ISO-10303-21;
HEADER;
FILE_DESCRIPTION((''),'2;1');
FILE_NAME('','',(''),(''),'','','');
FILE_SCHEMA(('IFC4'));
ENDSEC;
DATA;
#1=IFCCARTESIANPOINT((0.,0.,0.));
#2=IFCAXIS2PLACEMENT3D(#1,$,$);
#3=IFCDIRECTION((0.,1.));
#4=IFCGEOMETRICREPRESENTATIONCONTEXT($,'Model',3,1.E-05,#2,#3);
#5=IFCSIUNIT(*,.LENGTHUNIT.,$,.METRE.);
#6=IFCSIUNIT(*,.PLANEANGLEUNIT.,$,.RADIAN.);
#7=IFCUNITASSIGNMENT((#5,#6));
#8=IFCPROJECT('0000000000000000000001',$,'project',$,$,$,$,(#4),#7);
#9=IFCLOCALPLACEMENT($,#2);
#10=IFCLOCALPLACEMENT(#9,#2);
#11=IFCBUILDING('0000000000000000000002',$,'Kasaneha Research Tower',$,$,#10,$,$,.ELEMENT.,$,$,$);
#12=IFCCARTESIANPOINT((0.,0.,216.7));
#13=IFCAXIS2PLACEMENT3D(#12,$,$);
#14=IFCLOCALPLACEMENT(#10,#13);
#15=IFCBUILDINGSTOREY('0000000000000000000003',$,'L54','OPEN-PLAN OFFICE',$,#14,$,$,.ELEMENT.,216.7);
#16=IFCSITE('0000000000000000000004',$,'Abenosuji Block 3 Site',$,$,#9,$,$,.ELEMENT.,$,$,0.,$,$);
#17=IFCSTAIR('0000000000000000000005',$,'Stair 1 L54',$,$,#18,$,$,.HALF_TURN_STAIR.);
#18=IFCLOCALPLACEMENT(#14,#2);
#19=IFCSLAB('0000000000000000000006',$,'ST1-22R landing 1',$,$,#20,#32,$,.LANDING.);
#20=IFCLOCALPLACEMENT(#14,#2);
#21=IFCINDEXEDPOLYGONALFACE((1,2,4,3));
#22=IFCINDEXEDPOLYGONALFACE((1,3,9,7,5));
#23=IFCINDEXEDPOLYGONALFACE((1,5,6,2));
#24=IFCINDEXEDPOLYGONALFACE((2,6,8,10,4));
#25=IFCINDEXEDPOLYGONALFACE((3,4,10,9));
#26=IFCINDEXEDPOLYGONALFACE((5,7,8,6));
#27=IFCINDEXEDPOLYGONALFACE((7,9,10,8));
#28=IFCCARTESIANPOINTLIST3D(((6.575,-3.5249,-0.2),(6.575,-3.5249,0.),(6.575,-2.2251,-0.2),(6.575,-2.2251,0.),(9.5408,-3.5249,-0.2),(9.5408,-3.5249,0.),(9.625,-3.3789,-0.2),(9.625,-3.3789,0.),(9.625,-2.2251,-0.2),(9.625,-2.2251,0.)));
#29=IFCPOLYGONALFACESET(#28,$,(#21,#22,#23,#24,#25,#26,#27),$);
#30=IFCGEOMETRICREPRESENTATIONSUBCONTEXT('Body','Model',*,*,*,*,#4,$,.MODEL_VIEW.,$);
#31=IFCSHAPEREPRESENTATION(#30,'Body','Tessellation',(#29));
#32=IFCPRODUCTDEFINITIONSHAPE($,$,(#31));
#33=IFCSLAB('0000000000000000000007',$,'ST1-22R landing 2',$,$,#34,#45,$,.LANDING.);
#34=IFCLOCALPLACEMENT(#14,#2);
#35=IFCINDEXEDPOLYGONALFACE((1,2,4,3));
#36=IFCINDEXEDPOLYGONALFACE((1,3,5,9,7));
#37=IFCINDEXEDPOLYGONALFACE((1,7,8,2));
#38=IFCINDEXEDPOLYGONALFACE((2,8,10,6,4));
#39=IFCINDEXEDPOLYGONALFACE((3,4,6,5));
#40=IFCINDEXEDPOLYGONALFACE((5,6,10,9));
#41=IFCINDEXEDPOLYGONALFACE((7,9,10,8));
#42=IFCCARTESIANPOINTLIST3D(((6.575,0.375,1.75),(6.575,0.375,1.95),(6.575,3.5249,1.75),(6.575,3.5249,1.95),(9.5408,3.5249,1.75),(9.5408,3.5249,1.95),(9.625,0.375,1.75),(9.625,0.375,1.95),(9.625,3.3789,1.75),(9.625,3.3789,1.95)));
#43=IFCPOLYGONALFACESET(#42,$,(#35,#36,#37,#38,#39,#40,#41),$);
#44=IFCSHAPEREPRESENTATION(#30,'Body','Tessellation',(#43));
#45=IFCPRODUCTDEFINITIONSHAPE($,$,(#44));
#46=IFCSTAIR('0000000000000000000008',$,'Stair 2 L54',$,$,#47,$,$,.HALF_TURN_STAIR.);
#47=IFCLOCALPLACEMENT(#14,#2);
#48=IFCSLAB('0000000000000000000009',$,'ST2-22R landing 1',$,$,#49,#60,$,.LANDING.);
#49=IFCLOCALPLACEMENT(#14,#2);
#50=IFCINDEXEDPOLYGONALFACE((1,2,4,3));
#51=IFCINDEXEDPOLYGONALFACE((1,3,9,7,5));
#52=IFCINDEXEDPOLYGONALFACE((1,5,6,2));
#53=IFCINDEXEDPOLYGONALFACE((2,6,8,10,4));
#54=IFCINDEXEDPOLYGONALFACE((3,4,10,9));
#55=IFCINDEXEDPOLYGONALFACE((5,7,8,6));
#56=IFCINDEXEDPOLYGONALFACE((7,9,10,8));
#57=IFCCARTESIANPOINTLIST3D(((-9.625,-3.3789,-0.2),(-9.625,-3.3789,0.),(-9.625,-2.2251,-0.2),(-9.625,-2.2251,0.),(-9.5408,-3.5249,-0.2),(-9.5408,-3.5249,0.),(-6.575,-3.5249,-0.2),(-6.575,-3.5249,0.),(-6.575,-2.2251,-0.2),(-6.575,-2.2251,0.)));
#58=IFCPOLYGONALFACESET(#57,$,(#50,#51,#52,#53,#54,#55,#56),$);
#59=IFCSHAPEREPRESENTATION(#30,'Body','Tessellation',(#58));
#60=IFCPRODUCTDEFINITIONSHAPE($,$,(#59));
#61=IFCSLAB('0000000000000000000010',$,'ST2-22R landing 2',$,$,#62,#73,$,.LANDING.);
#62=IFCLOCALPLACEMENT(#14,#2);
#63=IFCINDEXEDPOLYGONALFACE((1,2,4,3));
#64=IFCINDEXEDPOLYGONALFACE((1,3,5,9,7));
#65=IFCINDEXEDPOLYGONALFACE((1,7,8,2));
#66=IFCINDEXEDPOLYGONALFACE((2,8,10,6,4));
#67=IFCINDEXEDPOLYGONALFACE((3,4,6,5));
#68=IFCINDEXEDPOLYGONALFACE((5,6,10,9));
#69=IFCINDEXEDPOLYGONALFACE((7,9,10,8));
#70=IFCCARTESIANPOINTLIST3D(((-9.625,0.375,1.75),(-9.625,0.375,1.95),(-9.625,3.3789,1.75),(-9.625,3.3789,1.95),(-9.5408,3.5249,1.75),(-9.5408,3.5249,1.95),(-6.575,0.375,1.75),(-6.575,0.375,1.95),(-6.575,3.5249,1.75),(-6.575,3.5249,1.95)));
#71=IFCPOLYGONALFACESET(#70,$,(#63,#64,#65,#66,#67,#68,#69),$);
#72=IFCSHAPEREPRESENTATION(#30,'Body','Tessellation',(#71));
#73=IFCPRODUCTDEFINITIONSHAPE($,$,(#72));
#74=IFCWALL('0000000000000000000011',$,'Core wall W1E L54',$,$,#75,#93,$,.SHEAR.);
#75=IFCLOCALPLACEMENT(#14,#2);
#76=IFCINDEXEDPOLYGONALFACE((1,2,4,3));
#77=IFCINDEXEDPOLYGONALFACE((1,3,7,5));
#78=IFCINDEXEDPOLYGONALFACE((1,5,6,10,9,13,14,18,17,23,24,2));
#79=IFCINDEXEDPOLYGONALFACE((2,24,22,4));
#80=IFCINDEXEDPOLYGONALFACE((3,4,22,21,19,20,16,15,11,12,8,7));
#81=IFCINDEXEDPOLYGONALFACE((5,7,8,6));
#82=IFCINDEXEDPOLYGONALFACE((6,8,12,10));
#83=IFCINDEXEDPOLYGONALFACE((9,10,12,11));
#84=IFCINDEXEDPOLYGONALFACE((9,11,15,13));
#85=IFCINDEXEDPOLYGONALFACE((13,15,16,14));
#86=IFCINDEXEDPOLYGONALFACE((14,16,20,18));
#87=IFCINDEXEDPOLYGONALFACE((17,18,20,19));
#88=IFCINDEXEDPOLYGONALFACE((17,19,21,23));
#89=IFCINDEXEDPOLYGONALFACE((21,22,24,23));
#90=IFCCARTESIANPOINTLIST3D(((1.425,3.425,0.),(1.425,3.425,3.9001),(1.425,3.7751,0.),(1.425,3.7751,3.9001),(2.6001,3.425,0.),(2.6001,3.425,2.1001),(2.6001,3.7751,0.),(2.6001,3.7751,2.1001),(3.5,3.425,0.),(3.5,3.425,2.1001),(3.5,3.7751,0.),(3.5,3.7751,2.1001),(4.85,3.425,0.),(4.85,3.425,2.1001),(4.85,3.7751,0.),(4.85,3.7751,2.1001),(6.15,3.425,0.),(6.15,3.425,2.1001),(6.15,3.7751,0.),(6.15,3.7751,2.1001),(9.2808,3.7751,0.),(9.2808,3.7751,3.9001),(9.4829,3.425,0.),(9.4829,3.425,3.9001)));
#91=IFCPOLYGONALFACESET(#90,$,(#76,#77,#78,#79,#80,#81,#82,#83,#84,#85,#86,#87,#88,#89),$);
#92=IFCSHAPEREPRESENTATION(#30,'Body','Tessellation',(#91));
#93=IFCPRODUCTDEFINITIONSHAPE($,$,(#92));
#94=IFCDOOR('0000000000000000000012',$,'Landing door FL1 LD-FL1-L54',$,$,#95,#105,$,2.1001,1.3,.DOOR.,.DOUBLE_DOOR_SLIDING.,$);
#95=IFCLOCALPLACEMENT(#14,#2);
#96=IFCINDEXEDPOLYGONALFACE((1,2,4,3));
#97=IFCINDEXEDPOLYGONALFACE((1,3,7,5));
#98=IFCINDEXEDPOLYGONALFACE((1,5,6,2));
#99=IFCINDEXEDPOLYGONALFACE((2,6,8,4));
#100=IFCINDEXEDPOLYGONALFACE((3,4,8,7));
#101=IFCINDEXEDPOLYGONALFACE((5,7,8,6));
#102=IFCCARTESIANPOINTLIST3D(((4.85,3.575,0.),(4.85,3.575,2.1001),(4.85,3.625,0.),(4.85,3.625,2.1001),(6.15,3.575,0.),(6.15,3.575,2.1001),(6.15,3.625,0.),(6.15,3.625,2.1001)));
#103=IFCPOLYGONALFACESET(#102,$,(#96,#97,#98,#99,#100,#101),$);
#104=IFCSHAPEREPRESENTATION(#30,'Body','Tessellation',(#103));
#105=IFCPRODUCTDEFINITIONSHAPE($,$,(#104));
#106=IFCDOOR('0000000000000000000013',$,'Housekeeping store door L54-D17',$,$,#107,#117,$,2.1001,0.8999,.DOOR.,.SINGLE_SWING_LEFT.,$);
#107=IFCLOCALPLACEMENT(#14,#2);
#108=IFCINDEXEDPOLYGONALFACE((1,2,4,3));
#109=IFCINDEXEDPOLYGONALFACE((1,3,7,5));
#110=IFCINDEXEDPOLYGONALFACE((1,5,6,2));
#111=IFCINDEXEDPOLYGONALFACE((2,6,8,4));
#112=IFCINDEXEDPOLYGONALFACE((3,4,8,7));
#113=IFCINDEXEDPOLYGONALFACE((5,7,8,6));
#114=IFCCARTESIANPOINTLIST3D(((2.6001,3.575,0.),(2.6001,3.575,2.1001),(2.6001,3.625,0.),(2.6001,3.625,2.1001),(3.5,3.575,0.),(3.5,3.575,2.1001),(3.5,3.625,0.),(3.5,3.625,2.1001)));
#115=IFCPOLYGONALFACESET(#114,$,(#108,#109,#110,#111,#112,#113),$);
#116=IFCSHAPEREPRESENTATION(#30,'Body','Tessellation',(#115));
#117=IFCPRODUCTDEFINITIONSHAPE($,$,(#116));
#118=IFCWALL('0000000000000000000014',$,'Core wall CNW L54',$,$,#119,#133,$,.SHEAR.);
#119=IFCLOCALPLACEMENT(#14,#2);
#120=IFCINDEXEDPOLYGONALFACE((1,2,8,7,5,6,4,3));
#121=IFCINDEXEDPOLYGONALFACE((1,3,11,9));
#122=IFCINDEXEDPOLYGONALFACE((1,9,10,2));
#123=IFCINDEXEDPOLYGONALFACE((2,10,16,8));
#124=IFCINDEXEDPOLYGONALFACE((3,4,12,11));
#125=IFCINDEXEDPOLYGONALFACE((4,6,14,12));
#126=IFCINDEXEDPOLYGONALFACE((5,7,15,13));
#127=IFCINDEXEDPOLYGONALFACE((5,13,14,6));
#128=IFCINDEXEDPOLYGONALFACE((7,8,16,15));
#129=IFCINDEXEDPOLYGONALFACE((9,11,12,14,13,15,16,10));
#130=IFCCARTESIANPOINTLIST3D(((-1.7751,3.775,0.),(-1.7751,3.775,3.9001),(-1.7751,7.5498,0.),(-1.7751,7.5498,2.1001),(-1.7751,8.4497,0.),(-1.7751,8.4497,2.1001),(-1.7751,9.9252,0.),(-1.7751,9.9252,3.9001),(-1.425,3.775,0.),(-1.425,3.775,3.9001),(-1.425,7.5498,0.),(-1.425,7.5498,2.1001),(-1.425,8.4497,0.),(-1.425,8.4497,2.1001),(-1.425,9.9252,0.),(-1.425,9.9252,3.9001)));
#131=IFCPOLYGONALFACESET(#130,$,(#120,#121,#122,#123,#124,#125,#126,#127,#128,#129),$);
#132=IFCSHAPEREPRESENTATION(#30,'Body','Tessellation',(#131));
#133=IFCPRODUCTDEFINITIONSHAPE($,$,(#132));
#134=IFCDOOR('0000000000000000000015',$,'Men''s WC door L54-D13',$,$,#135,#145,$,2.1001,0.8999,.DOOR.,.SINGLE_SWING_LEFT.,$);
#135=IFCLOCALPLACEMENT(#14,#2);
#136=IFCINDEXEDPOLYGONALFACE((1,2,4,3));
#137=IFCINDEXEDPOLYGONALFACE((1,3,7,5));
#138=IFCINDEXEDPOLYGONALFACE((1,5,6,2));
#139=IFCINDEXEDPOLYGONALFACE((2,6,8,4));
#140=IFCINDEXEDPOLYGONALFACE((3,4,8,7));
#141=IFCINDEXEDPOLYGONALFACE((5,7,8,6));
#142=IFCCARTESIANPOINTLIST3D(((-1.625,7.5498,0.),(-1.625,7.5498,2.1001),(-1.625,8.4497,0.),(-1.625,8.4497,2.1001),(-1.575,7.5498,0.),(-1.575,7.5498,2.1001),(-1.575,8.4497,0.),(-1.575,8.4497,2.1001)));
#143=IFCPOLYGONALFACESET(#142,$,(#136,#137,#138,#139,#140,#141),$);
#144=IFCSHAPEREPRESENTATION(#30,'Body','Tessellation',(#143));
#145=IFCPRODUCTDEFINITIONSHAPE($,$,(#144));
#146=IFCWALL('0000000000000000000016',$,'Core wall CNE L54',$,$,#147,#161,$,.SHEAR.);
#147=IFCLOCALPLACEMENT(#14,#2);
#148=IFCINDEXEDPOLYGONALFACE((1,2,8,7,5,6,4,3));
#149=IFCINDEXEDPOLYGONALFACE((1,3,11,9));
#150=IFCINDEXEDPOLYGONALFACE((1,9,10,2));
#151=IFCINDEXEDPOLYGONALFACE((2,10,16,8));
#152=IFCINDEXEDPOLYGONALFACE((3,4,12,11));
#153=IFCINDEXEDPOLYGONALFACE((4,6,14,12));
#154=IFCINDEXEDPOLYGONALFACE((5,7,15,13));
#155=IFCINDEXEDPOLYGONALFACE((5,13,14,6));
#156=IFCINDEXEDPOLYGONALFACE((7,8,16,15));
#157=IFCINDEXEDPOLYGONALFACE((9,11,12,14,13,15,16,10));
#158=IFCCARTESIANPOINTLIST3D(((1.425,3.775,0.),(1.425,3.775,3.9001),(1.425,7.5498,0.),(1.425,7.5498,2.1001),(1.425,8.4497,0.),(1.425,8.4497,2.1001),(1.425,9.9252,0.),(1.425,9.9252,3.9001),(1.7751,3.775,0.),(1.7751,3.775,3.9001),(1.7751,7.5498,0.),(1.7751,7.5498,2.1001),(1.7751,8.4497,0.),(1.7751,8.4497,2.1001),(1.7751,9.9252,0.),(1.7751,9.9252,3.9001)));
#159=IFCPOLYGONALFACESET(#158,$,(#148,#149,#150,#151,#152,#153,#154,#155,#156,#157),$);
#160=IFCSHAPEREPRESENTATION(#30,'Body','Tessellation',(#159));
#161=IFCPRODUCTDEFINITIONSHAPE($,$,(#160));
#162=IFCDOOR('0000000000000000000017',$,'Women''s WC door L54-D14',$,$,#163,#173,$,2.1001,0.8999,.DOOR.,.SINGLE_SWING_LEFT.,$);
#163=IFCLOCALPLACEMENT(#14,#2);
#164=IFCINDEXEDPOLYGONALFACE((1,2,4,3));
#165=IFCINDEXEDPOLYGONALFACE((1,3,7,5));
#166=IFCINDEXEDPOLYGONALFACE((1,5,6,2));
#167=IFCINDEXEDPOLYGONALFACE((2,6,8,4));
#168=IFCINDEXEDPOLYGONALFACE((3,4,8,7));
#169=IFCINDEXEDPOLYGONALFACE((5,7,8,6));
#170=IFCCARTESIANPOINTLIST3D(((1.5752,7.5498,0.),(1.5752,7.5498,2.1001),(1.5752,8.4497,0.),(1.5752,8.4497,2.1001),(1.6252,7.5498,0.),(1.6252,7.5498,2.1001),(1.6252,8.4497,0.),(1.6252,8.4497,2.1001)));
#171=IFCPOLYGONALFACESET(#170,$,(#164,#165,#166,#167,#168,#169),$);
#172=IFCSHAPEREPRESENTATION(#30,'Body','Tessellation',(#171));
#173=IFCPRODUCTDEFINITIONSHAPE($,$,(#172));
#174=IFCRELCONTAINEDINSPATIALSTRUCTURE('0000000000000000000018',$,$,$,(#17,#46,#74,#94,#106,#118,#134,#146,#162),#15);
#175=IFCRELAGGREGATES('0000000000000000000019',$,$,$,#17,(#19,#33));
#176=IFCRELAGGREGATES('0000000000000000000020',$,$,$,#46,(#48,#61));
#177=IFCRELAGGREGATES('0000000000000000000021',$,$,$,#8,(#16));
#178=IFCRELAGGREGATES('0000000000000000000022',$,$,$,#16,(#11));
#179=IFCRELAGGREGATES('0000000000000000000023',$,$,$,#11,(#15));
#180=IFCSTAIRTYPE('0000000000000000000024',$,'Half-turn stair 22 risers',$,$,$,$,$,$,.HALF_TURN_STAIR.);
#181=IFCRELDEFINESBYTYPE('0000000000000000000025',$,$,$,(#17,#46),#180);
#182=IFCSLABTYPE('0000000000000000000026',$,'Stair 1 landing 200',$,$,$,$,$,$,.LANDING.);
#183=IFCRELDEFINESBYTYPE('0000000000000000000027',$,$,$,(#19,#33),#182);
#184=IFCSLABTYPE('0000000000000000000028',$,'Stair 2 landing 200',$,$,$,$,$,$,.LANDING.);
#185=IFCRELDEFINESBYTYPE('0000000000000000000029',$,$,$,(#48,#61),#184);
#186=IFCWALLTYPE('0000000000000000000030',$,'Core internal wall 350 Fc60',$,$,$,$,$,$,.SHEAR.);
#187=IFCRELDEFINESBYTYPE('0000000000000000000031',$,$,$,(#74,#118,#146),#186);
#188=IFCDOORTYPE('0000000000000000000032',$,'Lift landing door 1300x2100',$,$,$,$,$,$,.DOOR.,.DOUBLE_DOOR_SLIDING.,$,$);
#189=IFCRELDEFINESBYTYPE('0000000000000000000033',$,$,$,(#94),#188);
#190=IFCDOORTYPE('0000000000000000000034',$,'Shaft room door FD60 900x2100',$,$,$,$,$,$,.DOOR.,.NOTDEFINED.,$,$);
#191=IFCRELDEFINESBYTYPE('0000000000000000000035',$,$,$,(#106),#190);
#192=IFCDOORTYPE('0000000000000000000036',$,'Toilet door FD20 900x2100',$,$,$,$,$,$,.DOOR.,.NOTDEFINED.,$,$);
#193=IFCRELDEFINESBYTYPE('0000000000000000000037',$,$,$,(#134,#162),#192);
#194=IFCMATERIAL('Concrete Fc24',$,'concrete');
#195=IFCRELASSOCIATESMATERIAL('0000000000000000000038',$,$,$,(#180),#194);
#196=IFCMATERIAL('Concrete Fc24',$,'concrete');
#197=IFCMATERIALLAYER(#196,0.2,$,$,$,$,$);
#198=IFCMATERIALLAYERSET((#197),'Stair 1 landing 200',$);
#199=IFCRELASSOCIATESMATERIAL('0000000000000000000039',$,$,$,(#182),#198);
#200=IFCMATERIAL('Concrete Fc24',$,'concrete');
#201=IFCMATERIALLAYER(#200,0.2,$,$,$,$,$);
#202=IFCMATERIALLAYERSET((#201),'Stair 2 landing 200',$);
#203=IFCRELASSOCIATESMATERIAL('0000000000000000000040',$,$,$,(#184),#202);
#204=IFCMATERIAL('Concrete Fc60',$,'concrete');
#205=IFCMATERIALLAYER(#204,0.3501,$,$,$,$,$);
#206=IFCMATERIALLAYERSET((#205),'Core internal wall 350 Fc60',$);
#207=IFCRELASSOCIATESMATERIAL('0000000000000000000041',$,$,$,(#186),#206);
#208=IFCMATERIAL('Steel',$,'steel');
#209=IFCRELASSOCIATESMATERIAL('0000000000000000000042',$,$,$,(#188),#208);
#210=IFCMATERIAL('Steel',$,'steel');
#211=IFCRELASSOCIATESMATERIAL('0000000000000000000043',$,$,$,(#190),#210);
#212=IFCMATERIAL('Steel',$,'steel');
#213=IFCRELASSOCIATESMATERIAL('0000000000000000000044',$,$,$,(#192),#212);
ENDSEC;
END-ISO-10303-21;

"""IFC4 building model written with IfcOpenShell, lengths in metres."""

from ifc_helpers import new_model, si_unit, direction, frame, frame_2d, origin, place, context, subcontext, project, spatial, polyline, rectangle, outline, extrude, material, layer, layer_set, type_object, element, fill, aggregate, save


model = new_model("IFC4")

# Units and contexts
model_context = context("Model", 3, precision=1e-05, world=origin(), true_north=direction((0.0, 1.0)))
body_context = subcontext(model_context, "Body", "Model", "MODEL_VIEW")
ifc_project = project(units=[si_unit("LENGTHUNIT", "METRE"), si_unit("PLANEANGLEUNIT", "RADIAN")], contexts=[model_context])

# Site, building, storey
site_placement = place(None, origin())
site = spatial("IfcSite", under=ifc_project, at=site_placement, Name="Abenosuji Block 3 Site", CompositionType="ELEMENT", RefElevation=0.0)
building_placement = place(site_placement, origin())
building = spatial("IfcBuilding", under=site, at=building_placement, Name="Kasaneha Research Tower", CompositionType="ELEMENT")
storey_placement = place(building_placement, frame((0.0, 0.0, 216.7)))
storey = spatial("IfcBuildingStorey", under=building, at=storey_placement, Name="L54", Description="OPEN-PLAN OFFICE", CompositionType="ELEMENT", Elevation=216.7)

# Stairs, slabs
ifc_material_1 = material(Name="Concrete Fc24", Category="concrete")
stair_type = type_object("IfcStairType", Name="Half-turn stair 22 risers", PredefinedType="HALF_TURN_STAIR", material=ifc_material_1)
stair_1_placement = place(storey_placement, origin())
stair_1 = element("IfcStair", 1, at=stair_1_placement, inside=storey, type_object=stair_type, Name="Stair 1 L54", PredefinedType="HALF_TURN_STAIR")
ifc_material_2 = material(Name="Concrete Fc24", Category="concrete")
ifc_layer_1 = layer(ifc_material_2, 0.2)
ifc_layer_set_1 = layer_set([ifc_layer_1], Name="Stair 1 landing 200")
slab_type_1 = type_object("IfcSlabType", Name="Stair 1 landing 200", PredefinedType="LANDING", material=ifc_layer_set_1)
slab_1_placement = place(storey_placement, frame((0.0, 0.0, -0.2)))
slab_1 = element("IfcSlab", 2, at=slab_1_placement, type_object=slab_type_1, Name="ST1-22R landing 1", PredefinedType="LANDING", context=body_context, shape_type="SweptSolid", body=[
    extrude(outline(polyline([(9.5408, -3.5249), (6.575, -3.5249), (6.575, -2.2251), (9.625, -2.2251), (9.625, -3.3789), (9.5408, -3.5249)])), origin(), (0.0, 0.0, 1.0), 0.2),
])
slab_2_placement = place(storey_placement, frame((0.0, 0.0, 1.75)))
slab_2 = element("IfcSlab", 3, at=slab_2_placement, type_object=slab_type_1, Name="ST1-22R landing 2", PredefinedType="LANDING", context=body_context, shape_type="SweptSolid", body=[
    extrude(outline(polyline([(6.575, 3.5249), (9.5408, 3.5249), (9.625, 3.3789), (9.625, 0.375), (6.575, 0.375), (6.575, 3.5249)])), origin(), (0.0, 0.0, 1.0), 0.2),
])
aggregate(stair_1, [slab_1, slab_2])
stair_2_placement = place(storey_placement, origin())
stair_2 = element("IfcStair", 4, at=stair_2_placement, inside=storey, type_object=stair_type, Name="Stair 2 L54", PredefinedType="HALF_TURN_STAIR")
ifc_material_3 = material(Name="Concrete Fc24", Category="concrete")
ifc_layer_2 = layer(ifc_material_3, 0.2)
ifc_layer_set_2 = layer_set([ifc_layer_2], Name="Stair 2 landing 200")
slab_type_2 = type_object("IfcSlabType", Name="Stair 2 landing 200", PredefinedType="LANDING", material=ifc_layer_set_2)
slab_3_placement = place(storey_placement, frame((0.0, 0.0, -0.2)))
slab_3 = element("IfcSlab", 5, at=slab_3_placement, type_object=slab_type_2, Name="ST2-22R landing 1", PredefinedType="LANDING", context=body_context, shape_type="SweptSolid", body=[
    extrude(outline(polyline([(-6.575, -3.5249), (-9.5408, -3.5249), (-9.625, -3.3789), (-9.625, -2.2251), (-6.575, -2.2251), (-6.575, -3.5249)])), origin(), (0.0, 0.0, 1.0), 0.2),
])
slab_4_placement = place(storey_placement, frame((0.0, 0.0, 1.75)))
slab_4 = element("IfcSlab", 6, at=slab_4_placement, type_object=slab_type_2, Name="ST2-22R landing 2", PredefinedType="LANDING", context=body_context, shape_type="SweptSolid", body=[
    extrude(outline(polyline([(-6.575, 0.375), (-9.625, 0.375), (-9.625, 3.3789), (-9.5408, 3.5249), (-6.575, 3.5249), (-6.575, 0.375)])), origin(), (0.0, 0.0, 1.0), 0.2),
])
aggregate(stair_2, [slab_3, slab_4])

# Wall, openings, doors
ifc_material_4 = material(Name="Concrete Fc60", Category="concrete")
ifc_layer_3 = layer(ifc_material_4, 0.3501)
ifc_layer_set_3 = layer_set([ifc_layer_3], Name="Core internal wall 350 Fc60")
wall_type = type_object("IfcWallType", Name="Core internal wall 350 Fc60", PredefinedType="SHEAR", material=ifc_layer_set_3)
wall_1_placement = place(storey_placement, frame((1.425, 3.6001, 0.0), z_axis=(0.0, 0.0, 1.0), x_axis=(1.0, 0.0, 0.0)))
wall_1 = element("IfcWall", 7, at=wall_1_placement, inside=storey, type_object=wall_type, Name="Core wall W1E L54", PredefinedType="SHEAR", context=body_context, shape_type="SweptSolid", body=[
    extrude(outline(polyline([(0.0, -0.175), (1.175, -0.175), (2.075, -0.175), (3.425, -0.175), (4.7251, -0.175), (8.0579, -0.175), (7.8557, 0.175), (4.7251, 0.175), (3.425, 0.175), (2.075, 0.175), (1.175, 0.175), (0.0, 0.175), (0.0, -0.175)])), origin(), (0.0, 0.0, 1.0), 3.9001),
])
opening_1_placement = place(wall_1_placement, frame((1.175, 0.0, 0.0)))
opening_1 = element("IfcOpeningElement", 8, at=opening_1_placement, cuts=wall_1, PredefinedType="OPENING", context=body_context, shape_type="SweptSolid", body=[
    extrude(rectangle(XDim=0.8999, YDim=2.1001, at=frame_2d((0.45, 1.05))), frame((0.0, 0.1851, 0.0), z_axis=(0.0, -1.0, 0.0), x_axis=(1.0, 0.0, 0.0)), (0.0, 0.0, 1.0), 0.3701),
])
opening_2_placement = place(wall_1_placement, frame((3.425, 0.0, 0.0)))
opening_2 = element("IfcOpeningElement", 9, at=opening_2_placement, cuts=wall_1, PredefinedType="OPENING", context=body_context, shape_type="SweptSolid", body=[
    extrude(rectangle(XDim=1.3, YDim=2.1001, at=frame_2d((0.6499, 1.05))), frame((0.0, 0.1851, 0.0), z_axis=(0.0, -1.0, 0.0), x_axis=(1.0, 0.0, 0.0)), (0.0, 0.0, 1.0), 0.3701),
])
ifc_material_5 = material(Name="Steel", Category="steel")
door_type_1 = type_object("IfcDoorType", Name="Lift landing door 1300x2100", OperationType="DOUBLE_DOOR_SLIDING", PredefinedType="DOOR", material=ifc_material_5)
door_1_placement = place(opening_2_placement, origin())
door_1 = element("IfcDoor", 10, at=door_1_placement, inside=storey, type_object=door_type_1, Name="Landing door FL1 LD-FL1-L54", OperationType="DOUBLE_DOOR_SLIDING", OverallHeight=2.1001, OverallWidth=1.3, PredefinedType="DOOR", context=body_context, shape_type="SweptSolid", body=[
    extrude(rectangle(XDim=1.3, YDim=2.1001, at=frame_2d((0.6499, 1.05))), frame((0.0, 0.0249, 0.0), z_axis=(0.0, -1.0, 0.0), x_axis=(1.0, 0.0, 0.0)), (0.0, 0.0, 1.0), 0.05),
])
fill(opening_2, door_1)
ifc_material_6 = material(Name="Steel", Category="steel")
door_type_2 = type_object("IfcDoorType", Name="Shaft room door FD60 900x2100", OperationType="NOTDEFINED", PredefinedType="DOOR", material=ifc_material_6)
door_2_placement = place(opening_1_placement, origin())
door_2 = element("IfcDoor", 11, at=door_2_placement, inside=storey, type_object=door_type_2, Name="Housekeeping store door L54-D17", OperationType="SINGLE_SWING_LEFT", OverallHeight=2.1001, OverallWidth=0.8999, PredefinedType="DOOR", context=body_context, shape_type="SweptSolid", body=[
    extrude(rectangle(XDim=0.8999, YDim=2.1001, at=frame_2d((0.45, 1.05))), frame((0.0, 0.0249, 0.0), z_axis=(0.0, -1.0, 0.0), x_axis=(1.0, 0.0, 0.0)), (0.0, 0.0, 1.0), 0.05),
])
fill(opening_1, door_2)

# Walls, openings, doors
wall_2_placement = place(storey_placement, frame((-1.6001, 3.7749, 0.0), z_axis=(0.0, 0.0, 1.0), x_axis=(0.0, 1.0, 0.0)))
wall_2 = element("IfcWall", 12, at=wall_2_placement, inside=storey, type_object=wall_type, Name="Core wall CNW L54", PredefinedType="SHEAR", context=body_context, shape_type="SweptSolid", body=[
    extrude(rectangle(XDim=6.1501, YDim=0.3501, at=frame_2d((3.0752, 0.0))), origin(), (0.0, 0.0, 1.0), 3.9001),
])
opening_3_placement = place(wall_2_placement, frame((3.7749, 0.0, 0.0)))
opening_3 = element("IfcOpeningElement", 13, at=opening_3_placement, cuts=wall_2, PredefinedType="OPENING", context=body_context, shape_type="SweptSolid", body=[
    extrude(rectangle(XDim=0.8999, YDim=2.1001, at=frame_2d((0.45, 1.05))), frame((0.0, 0.1851, 0.0), z_axis=(0.0, -1.0, 0.0), x_axis=(1.0, 0.0, 0.0)), (0.0, 0.0, 1.0), 0.3701),
])
ifc_material_7 = material(Name="Steel", Category="steel")
door_type_3 = type_object("IfcDoorType", Name="Toilet door FD20 900x2100", OperationType="NOTDEFINED", PredefinedType="DOOR", material=ifc_material_7)
door_3_placement = place(opening_3_placement, origin())
door_3 = element("IfcDoor", 14, at=door_3_placement, inside=storey, type_object=door_type_3, Name="Men's WC door L54-D13", OperationType="SINGLE_SWING_LEFT", OverallHeight=2.1001, OverallWidth=0.8999, PredefinedType="DOOR", context=body_context, shape_type="SweptSolid", body=[
    extrude(rectangle(XDim=0.8999, YDim=2.1001, at=frame_2d((0.45, 1.05))), frame((0.0, 0.0249, 0.0), z_axis=(0.0, -1.0, 0.0), x_axis=(1.0, 0.0, 0.0)), (0.0, 0.0, 1.0), 0.05),
])
fill(opening_3, door_3)
wall_3_placement = place(storey_placement, frame((1.6001, 3.7749, 0.0), z_axis=(0.0, 0.0, 1.0), x_axis=(0.0, 1.0, 0.0)))
wall_3 = element("IfcWall", 15, at=wall_3_placement, inside=storey, type_object=wall_type, Name="Core wall CNE L54", PredefinedType="SHEAR", context=body_context, shape_type="SweptSolid", body=[
    extrude(rectangle(XDim=6.1501, YDim=0.3501, at=frame_2d((3.0752, 0.0))), origin(), (0.0, 0.0, 1.0), 3.9001),
])
opening_4_placement = place(wall_3_placement, frame((3.7749, 0.0, 0.0)))
opening_4 = element("IfcOpeningElement", 16, at=opening_4_placement, cuts=wall_3, PredefinedType="OPENING", context=body_context, shape_type="SweptSolid", body=[
    extrude(rectangle(XDim=0.8999, YDim=2.1001, at=frame_2d((0.45, 1.05))), frame((0.0, 0.1851, 0.0), z_axis=(0.0, -1.0, 0.0), x_axis=(1.0, 0.0, 0.0)), (0.0, 0.0, 1.0), 0.3701),
])
door_4_placement = place(opening_4_placement, origin())
door_4 = element("IfcDoor", 17, at=door_4_placement, inside=storey, type_object=door_type_3, Name="Women's WC door L54-D14", OperationType="SINGLE_SWING_LEFT", OverallHeight=2.1001, OverallWidth=0.8999, PredefinedType="DOOR", context=body_context, shape_type="SweptSolid", body=[
    extrude(rectangle(XDim=0.8999, YDim=2.1001, at=frame_2d((0.45, 1.05))), frame((0.0, 0.0249, 0.0), z_axis=(0.0, -1.0, 0.0), x_axis=(1.0, 0.0, 0.0)), (0.0, 0.0, 1.0), 0.05),
])
fill(opening_4, door_4)

save(model, "model.ifc")
